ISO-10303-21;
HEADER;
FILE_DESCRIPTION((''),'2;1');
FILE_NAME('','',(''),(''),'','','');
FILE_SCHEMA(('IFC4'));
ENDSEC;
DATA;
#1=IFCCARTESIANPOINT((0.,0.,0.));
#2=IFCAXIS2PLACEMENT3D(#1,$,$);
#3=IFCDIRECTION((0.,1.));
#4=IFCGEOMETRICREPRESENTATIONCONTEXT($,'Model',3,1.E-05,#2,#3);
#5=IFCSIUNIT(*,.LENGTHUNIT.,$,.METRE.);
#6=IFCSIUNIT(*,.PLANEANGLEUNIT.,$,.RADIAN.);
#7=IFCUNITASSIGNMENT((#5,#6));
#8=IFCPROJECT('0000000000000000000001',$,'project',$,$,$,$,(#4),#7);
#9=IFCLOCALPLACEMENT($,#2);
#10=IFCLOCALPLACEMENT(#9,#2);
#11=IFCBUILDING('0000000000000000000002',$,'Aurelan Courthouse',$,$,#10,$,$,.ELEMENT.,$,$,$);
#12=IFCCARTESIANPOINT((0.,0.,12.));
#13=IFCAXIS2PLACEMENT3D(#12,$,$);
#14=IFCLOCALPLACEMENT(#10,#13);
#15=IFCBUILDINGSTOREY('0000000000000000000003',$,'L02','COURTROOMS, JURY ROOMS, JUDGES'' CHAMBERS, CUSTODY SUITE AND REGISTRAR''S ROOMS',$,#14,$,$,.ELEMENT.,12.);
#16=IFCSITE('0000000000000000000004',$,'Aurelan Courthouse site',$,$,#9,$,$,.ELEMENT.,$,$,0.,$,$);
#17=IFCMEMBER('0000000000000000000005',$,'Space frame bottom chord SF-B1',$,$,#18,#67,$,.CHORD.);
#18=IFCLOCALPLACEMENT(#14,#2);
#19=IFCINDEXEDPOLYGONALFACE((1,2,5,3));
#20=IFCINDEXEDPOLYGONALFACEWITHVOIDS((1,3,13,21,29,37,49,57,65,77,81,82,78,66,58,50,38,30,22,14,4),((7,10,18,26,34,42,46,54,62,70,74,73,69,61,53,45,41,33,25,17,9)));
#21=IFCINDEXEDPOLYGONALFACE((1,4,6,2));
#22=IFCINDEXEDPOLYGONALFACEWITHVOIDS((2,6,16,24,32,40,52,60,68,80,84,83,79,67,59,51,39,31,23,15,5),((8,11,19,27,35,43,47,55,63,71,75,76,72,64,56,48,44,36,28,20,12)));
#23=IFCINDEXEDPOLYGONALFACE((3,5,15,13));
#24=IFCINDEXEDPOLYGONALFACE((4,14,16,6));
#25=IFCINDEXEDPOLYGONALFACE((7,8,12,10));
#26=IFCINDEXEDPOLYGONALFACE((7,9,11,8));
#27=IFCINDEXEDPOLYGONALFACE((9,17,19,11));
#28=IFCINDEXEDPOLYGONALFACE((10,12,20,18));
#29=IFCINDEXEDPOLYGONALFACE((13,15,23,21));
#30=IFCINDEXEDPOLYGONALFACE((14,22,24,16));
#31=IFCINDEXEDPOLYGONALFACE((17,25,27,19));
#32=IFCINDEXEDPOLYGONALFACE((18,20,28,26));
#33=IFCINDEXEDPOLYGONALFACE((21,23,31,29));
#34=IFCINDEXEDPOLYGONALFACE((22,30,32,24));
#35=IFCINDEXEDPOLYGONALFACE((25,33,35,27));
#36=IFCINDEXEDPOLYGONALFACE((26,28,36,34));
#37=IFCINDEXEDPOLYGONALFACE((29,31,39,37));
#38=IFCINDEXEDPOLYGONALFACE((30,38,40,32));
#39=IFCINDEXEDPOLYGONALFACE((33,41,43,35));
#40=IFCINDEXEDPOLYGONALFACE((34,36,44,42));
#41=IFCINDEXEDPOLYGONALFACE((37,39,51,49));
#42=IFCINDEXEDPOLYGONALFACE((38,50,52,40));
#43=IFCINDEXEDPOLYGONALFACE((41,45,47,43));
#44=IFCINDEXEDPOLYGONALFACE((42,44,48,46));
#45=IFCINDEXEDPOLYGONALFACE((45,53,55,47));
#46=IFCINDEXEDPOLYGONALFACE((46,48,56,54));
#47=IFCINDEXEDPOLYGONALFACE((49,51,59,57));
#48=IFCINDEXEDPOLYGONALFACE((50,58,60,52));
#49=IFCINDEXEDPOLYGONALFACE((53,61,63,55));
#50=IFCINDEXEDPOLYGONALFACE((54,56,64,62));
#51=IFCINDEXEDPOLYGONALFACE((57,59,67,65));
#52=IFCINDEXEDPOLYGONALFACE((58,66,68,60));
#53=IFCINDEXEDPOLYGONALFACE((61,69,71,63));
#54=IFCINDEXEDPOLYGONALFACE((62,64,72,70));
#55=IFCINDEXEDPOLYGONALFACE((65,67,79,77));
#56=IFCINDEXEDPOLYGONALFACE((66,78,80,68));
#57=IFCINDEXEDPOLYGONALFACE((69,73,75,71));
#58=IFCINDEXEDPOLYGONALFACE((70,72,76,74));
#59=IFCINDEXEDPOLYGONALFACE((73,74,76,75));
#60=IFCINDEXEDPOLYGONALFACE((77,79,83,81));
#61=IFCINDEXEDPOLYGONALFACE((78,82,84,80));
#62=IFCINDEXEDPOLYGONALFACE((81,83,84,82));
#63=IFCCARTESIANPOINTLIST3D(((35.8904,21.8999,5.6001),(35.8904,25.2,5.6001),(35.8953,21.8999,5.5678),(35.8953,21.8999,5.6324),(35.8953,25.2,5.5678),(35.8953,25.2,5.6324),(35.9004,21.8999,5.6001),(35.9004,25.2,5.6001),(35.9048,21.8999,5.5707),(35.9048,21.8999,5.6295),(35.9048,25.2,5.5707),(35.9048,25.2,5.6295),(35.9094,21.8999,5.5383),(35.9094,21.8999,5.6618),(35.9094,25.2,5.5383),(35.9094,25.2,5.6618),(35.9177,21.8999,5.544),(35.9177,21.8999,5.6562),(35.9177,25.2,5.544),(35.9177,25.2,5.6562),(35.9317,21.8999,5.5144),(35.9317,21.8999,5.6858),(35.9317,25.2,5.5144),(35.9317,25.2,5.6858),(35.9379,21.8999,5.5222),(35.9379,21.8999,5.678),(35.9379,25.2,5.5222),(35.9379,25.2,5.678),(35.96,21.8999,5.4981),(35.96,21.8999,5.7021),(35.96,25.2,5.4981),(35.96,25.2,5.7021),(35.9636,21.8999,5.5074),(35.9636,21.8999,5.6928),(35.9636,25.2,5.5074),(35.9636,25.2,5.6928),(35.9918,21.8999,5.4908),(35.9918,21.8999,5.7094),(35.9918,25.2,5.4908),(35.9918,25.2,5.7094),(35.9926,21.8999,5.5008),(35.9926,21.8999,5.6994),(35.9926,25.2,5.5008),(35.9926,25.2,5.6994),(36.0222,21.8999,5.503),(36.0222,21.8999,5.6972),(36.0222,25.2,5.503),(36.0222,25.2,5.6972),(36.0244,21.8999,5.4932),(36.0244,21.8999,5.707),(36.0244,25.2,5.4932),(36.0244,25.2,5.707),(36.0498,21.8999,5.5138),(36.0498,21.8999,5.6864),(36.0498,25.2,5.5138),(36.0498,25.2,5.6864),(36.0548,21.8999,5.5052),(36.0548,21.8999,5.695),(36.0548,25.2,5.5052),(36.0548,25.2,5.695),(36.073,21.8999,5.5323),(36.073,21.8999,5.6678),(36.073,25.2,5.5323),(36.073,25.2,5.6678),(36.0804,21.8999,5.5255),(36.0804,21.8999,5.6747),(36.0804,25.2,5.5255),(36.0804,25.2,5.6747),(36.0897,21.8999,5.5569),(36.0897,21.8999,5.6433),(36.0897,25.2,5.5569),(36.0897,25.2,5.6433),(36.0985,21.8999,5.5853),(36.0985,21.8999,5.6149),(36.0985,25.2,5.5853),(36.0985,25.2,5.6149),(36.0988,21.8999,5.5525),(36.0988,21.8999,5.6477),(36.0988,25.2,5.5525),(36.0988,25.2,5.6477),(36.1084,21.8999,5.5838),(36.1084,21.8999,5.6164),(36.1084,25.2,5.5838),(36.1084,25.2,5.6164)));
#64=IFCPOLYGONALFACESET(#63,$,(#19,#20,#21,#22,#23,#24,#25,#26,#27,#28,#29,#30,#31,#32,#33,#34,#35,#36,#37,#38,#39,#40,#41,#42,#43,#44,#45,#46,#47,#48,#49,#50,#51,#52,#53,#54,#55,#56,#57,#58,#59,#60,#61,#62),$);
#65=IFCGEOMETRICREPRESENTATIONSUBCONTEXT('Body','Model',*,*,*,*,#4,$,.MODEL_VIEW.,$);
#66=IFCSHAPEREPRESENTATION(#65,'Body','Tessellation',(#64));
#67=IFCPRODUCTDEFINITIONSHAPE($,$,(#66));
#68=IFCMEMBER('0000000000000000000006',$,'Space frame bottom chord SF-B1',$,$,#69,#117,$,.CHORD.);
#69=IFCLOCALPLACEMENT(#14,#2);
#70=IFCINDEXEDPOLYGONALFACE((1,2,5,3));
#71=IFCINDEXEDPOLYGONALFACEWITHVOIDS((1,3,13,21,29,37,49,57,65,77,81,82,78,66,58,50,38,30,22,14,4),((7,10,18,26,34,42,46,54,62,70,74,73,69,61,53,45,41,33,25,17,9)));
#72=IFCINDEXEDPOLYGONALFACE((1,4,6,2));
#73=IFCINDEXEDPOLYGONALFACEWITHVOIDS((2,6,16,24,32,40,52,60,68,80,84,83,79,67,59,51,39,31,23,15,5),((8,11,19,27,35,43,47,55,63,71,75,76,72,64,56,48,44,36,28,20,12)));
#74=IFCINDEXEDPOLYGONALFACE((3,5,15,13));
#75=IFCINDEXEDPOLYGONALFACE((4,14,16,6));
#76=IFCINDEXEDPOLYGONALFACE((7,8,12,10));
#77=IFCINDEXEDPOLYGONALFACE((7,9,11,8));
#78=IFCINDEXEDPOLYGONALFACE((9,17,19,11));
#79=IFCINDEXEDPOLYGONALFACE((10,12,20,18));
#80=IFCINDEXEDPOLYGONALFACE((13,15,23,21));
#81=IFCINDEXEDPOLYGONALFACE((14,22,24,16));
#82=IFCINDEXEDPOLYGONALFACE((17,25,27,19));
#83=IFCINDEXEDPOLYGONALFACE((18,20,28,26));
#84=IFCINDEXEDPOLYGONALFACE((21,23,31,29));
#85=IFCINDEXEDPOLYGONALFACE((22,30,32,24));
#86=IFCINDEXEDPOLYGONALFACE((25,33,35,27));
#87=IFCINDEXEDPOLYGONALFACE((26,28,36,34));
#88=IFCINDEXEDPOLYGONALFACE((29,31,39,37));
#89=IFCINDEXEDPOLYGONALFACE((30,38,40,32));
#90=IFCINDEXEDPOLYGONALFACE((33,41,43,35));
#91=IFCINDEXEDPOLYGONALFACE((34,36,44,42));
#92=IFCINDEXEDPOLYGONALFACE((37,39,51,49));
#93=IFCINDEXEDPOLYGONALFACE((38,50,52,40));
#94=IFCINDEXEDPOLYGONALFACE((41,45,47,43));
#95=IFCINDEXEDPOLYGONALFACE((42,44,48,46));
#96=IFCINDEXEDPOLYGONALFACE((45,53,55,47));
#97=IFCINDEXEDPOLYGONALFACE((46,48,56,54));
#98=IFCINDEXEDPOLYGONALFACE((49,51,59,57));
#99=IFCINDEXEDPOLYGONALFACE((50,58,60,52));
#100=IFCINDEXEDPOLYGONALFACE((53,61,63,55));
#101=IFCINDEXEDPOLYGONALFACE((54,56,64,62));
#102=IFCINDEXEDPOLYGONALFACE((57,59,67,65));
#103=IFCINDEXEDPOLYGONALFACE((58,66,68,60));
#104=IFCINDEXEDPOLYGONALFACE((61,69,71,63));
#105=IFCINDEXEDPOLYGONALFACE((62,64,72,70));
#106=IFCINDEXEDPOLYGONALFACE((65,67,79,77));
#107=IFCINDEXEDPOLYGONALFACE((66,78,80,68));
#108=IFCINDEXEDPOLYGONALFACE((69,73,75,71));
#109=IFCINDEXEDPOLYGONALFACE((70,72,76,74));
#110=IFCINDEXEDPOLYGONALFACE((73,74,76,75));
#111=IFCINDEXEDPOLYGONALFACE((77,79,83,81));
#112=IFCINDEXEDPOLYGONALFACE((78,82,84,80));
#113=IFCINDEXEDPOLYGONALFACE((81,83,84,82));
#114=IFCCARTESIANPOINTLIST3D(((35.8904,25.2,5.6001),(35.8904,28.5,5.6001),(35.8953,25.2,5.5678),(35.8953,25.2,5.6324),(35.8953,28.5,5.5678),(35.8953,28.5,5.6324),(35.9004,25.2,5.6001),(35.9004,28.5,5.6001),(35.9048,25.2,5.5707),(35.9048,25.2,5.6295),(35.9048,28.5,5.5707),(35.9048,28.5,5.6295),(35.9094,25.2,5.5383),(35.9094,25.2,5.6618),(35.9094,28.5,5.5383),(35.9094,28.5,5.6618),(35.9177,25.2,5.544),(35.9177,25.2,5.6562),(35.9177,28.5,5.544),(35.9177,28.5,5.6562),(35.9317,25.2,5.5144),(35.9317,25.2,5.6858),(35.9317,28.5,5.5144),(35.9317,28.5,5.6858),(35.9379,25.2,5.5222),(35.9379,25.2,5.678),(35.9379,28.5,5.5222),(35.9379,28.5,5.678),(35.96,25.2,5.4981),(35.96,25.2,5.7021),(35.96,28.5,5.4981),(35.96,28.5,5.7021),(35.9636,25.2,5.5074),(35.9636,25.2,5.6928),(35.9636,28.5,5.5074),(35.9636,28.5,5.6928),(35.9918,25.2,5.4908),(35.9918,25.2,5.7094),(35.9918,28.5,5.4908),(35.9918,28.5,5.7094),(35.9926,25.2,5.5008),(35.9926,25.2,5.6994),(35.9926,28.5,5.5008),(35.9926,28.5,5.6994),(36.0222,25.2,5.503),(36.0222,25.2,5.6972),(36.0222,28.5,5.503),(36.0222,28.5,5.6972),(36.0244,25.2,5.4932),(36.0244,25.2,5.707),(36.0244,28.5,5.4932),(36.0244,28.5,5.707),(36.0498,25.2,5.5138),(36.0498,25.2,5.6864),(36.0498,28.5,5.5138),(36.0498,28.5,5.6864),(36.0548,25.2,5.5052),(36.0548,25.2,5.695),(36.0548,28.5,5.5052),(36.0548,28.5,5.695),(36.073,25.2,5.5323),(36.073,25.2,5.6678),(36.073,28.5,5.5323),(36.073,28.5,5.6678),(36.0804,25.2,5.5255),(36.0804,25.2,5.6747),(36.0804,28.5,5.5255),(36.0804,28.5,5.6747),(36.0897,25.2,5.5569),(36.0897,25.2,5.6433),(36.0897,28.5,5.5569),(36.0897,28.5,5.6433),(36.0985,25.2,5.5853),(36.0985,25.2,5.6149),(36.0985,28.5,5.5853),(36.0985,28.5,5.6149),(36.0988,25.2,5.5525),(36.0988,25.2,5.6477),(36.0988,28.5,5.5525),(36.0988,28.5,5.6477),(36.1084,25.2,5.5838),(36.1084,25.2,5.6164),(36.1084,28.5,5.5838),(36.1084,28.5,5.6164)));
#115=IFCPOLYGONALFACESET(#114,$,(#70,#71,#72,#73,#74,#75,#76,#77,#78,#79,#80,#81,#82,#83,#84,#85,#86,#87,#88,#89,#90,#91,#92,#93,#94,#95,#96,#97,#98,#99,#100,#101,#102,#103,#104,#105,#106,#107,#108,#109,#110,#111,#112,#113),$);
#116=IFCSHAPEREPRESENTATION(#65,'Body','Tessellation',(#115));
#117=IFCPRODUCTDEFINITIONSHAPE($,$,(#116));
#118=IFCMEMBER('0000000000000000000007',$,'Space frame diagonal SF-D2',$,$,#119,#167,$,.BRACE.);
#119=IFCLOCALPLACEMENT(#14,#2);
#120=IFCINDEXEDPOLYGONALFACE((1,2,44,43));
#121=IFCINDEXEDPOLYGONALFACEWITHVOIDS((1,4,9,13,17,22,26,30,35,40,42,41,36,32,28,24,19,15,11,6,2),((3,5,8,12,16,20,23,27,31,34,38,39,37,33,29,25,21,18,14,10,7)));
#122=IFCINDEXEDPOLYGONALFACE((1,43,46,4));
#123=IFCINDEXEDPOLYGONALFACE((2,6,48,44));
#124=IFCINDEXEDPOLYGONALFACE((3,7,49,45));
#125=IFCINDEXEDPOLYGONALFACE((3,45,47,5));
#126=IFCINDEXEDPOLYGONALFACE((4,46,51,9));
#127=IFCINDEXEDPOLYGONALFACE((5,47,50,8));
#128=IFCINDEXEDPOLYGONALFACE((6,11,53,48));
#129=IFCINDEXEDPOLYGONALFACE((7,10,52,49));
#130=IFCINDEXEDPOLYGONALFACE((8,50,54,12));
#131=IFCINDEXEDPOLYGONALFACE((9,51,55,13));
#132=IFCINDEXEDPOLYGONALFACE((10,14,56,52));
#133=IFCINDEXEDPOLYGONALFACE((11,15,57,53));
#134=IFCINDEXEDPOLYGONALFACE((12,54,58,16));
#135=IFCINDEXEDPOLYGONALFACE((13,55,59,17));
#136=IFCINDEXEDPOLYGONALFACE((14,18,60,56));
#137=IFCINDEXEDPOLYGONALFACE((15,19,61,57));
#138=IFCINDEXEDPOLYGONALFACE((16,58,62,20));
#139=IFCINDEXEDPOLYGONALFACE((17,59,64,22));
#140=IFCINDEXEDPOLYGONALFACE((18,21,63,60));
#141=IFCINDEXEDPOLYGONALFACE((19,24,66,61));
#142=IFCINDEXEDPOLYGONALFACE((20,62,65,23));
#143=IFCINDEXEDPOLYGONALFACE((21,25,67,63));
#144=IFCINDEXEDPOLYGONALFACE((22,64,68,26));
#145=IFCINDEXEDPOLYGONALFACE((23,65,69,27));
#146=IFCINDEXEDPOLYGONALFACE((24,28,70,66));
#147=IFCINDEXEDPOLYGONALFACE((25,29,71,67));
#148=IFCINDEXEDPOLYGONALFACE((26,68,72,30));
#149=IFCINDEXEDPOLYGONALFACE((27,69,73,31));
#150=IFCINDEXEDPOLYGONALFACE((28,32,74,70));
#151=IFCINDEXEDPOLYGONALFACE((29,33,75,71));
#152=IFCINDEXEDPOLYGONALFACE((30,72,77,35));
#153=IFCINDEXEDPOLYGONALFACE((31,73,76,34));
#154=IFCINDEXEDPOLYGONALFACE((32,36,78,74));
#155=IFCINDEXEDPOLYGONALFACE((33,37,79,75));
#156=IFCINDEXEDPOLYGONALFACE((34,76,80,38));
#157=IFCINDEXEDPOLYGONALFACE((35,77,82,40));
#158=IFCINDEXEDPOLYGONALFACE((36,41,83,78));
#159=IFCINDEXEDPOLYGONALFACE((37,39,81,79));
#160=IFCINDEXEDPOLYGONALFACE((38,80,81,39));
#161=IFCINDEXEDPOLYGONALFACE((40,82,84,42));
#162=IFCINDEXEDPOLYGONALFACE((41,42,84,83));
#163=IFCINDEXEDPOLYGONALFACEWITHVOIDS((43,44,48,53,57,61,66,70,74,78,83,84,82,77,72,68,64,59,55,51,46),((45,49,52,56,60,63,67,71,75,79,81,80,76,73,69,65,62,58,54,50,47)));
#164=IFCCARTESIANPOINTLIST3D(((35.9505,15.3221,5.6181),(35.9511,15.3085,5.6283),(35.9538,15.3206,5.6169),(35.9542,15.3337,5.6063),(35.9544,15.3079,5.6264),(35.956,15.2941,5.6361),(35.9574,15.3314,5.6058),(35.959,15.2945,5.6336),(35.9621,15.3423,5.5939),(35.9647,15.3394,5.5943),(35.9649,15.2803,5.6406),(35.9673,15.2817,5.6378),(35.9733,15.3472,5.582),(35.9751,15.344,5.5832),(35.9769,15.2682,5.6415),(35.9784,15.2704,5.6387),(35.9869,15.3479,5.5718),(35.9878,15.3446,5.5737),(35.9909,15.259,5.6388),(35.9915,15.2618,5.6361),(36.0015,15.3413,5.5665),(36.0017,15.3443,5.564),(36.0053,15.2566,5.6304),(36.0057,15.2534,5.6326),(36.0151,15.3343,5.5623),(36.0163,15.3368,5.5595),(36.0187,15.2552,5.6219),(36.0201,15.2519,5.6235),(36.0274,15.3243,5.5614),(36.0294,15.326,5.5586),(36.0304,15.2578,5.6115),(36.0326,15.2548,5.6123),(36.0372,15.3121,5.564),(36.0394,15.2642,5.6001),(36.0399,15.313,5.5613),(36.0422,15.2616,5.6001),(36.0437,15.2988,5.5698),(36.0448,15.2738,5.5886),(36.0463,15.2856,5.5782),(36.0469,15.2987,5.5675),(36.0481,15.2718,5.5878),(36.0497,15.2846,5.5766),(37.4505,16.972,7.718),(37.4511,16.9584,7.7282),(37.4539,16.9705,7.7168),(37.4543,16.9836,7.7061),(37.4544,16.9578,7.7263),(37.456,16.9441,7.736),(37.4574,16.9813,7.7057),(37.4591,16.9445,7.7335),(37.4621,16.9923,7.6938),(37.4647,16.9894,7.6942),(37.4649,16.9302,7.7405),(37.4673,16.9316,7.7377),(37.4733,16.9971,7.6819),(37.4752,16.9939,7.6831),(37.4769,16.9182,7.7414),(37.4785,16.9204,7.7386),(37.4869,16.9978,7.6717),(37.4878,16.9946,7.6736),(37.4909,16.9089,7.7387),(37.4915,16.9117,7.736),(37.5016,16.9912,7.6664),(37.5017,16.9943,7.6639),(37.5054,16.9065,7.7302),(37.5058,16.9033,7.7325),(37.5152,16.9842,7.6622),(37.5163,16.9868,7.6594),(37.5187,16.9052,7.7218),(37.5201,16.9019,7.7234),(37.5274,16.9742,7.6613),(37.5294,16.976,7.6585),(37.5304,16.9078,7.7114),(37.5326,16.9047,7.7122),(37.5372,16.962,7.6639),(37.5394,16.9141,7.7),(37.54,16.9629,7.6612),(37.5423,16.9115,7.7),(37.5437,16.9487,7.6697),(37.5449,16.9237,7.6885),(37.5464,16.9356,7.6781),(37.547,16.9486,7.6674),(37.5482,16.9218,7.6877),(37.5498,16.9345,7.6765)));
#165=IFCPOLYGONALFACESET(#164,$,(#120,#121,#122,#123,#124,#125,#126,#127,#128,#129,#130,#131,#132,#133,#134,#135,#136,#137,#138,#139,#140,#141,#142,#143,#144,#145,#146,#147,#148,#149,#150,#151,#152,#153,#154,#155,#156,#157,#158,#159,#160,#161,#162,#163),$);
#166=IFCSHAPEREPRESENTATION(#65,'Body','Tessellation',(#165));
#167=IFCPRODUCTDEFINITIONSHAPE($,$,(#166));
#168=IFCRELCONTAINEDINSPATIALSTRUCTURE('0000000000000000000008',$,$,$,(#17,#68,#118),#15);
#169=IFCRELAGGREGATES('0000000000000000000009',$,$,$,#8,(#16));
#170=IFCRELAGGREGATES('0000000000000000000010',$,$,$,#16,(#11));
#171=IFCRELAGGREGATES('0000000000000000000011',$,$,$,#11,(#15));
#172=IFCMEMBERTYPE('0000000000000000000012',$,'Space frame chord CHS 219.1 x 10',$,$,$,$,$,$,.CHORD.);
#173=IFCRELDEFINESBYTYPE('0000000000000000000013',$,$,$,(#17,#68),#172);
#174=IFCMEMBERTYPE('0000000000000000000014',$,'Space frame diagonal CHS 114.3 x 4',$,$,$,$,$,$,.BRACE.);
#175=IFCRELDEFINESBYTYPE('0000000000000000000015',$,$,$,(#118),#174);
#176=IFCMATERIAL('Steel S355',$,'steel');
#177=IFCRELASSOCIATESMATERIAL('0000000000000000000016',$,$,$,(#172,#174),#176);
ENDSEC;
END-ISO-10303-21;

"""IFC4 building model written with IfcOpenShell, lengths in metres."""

from ifc_helpers import new_model, si_unit, direction, frame, origin, origin_2d, place, context, subcontext, project, spatial, hollow_circle, extrude, material, material_profile, profile_set, type_object, element, save


model = new_model("IFC4")

# Units and contexts
model_context = context("Model", 3, precision=1e-05, world=origin(), true_north=direction((0.0, 1.0)))
body_context = subcontext(model_context, "Body", "Model", "MODEL_VIEW")
ifc_project = project(units=[si_unit("LENGTHUNIT", "METRE"), si_unit("PLANEANGLEUNIT", "RADIAN")], contexts=[model_context])

# Site, building, storey
site_placement = place(None, origin())
site = spatial("IfcSite", under=ifc_project, at=site_placement, Name="Aurelan Courthouse site", CompositionType="ELEMENT", RefElevation=0.0)
building_placement = place(site_placement, origin())
building = spatial("IfcBuilding", under=site, at=building_placement, Name="Aurelan Courthouse", CompositionType="ELEMENT")
storey_placement = place(building_placement, frame((0.0, 0.0, 12.0)))
storey = spatial("IfcBuildingStorey", under=building, at=storey_placement, Name="L02", Description="COURTROOMS, JURY ROOMS, JUDGES' CHAMBERS, CUSTODY SUITE AND REGISTRAR'S ROOMS", CompositionType="ELEMENT", Elevation=12.0)

# Members
ifc_material_1 = material(Name="Steel S355", Category="steel")
ifc_material_profile_1 = material_profile(ifc_material_1, hollow_circle(Radius=0.1096, WallThickness=0.01, at=origin_2d()), Name="CHS 219.1 x 10")
ifc_profile_set_1 = profile_set([ifc_material_profile_1], Name="Steel S355")
member_type_1 = type_object("IfcMemberType", Name="Space frame chord CHS 219.1 x 10", PredefinedType="CHORD", material=ifc_profile_set_1)
for number, where, z_axis, x_axis, name in (
    (1, (36.0, 21.8999, 5.6001), (0.0, 1.0, 0.0), (-1.0, 0.0, 0.0), "Space frame bottom chord SF-B1"),
    (2, (36.0, 25.2, 5.6001), (0.0, 1.0, 0.0), (-1.0, 0.0, 0.0), "Space frame bottom chord SF-B1"),
):
    element("IfcMember", number, at=place(storey_placement, frame(where, z_axis=z_axis, x_axis=x_axis)), inside=storey, type_object=member_type_1, Name=name, PredefinedType="CHORD", context=body_context, shape_type="SweptSolid", body=[
        extrude(hollow_circle(Radius=0.1096, WallThickness=0.01, at=origin_2d()), origin(), (0.0, 0.0, 1.0), 3.3),
    ])
ifc_material_profile_2 = material_profile(ifc_material_1, hollow_circle(Radius=0.0571, WallThickness=0.0039, at=origin_2d()), Name="CHS 114.3 x 4")
ifc_profile_set_2 = profile_set([ifc_material_profile_2], Name="Steel S355")
member_type_2 = type_object("IfcMemberType", Name="Space frame diagonal CHS 114.3 x 4", PredefinedType="BRACE", material=ifc_profile_set_2)
for number, where, z_axis, x_axis, name in (
    (3, (37.5, 16.95, 7.7), (-0.489727, -0.538667, -0.685569), (0.73992, -0.672695, 0.0), "Space frame diagonal SF-D2"),
):
    element("IfcMember", number, at=place(storey_placement, frame(where, z_axis=z_axis, x_axis=x_axis)), inside=storey, type_object=member_type_2, Name=name, PredefinedType="BRACE", context=body_context, shape_type="SweptSolid", body=[
        extrude(hollow_circle(Radius=0.0571, WallThickness=0.0039, at=origin_2d()), origin(), (0.0, 0.0, 1.0), 3.063),
    ])

save(model, "model.ifc")
